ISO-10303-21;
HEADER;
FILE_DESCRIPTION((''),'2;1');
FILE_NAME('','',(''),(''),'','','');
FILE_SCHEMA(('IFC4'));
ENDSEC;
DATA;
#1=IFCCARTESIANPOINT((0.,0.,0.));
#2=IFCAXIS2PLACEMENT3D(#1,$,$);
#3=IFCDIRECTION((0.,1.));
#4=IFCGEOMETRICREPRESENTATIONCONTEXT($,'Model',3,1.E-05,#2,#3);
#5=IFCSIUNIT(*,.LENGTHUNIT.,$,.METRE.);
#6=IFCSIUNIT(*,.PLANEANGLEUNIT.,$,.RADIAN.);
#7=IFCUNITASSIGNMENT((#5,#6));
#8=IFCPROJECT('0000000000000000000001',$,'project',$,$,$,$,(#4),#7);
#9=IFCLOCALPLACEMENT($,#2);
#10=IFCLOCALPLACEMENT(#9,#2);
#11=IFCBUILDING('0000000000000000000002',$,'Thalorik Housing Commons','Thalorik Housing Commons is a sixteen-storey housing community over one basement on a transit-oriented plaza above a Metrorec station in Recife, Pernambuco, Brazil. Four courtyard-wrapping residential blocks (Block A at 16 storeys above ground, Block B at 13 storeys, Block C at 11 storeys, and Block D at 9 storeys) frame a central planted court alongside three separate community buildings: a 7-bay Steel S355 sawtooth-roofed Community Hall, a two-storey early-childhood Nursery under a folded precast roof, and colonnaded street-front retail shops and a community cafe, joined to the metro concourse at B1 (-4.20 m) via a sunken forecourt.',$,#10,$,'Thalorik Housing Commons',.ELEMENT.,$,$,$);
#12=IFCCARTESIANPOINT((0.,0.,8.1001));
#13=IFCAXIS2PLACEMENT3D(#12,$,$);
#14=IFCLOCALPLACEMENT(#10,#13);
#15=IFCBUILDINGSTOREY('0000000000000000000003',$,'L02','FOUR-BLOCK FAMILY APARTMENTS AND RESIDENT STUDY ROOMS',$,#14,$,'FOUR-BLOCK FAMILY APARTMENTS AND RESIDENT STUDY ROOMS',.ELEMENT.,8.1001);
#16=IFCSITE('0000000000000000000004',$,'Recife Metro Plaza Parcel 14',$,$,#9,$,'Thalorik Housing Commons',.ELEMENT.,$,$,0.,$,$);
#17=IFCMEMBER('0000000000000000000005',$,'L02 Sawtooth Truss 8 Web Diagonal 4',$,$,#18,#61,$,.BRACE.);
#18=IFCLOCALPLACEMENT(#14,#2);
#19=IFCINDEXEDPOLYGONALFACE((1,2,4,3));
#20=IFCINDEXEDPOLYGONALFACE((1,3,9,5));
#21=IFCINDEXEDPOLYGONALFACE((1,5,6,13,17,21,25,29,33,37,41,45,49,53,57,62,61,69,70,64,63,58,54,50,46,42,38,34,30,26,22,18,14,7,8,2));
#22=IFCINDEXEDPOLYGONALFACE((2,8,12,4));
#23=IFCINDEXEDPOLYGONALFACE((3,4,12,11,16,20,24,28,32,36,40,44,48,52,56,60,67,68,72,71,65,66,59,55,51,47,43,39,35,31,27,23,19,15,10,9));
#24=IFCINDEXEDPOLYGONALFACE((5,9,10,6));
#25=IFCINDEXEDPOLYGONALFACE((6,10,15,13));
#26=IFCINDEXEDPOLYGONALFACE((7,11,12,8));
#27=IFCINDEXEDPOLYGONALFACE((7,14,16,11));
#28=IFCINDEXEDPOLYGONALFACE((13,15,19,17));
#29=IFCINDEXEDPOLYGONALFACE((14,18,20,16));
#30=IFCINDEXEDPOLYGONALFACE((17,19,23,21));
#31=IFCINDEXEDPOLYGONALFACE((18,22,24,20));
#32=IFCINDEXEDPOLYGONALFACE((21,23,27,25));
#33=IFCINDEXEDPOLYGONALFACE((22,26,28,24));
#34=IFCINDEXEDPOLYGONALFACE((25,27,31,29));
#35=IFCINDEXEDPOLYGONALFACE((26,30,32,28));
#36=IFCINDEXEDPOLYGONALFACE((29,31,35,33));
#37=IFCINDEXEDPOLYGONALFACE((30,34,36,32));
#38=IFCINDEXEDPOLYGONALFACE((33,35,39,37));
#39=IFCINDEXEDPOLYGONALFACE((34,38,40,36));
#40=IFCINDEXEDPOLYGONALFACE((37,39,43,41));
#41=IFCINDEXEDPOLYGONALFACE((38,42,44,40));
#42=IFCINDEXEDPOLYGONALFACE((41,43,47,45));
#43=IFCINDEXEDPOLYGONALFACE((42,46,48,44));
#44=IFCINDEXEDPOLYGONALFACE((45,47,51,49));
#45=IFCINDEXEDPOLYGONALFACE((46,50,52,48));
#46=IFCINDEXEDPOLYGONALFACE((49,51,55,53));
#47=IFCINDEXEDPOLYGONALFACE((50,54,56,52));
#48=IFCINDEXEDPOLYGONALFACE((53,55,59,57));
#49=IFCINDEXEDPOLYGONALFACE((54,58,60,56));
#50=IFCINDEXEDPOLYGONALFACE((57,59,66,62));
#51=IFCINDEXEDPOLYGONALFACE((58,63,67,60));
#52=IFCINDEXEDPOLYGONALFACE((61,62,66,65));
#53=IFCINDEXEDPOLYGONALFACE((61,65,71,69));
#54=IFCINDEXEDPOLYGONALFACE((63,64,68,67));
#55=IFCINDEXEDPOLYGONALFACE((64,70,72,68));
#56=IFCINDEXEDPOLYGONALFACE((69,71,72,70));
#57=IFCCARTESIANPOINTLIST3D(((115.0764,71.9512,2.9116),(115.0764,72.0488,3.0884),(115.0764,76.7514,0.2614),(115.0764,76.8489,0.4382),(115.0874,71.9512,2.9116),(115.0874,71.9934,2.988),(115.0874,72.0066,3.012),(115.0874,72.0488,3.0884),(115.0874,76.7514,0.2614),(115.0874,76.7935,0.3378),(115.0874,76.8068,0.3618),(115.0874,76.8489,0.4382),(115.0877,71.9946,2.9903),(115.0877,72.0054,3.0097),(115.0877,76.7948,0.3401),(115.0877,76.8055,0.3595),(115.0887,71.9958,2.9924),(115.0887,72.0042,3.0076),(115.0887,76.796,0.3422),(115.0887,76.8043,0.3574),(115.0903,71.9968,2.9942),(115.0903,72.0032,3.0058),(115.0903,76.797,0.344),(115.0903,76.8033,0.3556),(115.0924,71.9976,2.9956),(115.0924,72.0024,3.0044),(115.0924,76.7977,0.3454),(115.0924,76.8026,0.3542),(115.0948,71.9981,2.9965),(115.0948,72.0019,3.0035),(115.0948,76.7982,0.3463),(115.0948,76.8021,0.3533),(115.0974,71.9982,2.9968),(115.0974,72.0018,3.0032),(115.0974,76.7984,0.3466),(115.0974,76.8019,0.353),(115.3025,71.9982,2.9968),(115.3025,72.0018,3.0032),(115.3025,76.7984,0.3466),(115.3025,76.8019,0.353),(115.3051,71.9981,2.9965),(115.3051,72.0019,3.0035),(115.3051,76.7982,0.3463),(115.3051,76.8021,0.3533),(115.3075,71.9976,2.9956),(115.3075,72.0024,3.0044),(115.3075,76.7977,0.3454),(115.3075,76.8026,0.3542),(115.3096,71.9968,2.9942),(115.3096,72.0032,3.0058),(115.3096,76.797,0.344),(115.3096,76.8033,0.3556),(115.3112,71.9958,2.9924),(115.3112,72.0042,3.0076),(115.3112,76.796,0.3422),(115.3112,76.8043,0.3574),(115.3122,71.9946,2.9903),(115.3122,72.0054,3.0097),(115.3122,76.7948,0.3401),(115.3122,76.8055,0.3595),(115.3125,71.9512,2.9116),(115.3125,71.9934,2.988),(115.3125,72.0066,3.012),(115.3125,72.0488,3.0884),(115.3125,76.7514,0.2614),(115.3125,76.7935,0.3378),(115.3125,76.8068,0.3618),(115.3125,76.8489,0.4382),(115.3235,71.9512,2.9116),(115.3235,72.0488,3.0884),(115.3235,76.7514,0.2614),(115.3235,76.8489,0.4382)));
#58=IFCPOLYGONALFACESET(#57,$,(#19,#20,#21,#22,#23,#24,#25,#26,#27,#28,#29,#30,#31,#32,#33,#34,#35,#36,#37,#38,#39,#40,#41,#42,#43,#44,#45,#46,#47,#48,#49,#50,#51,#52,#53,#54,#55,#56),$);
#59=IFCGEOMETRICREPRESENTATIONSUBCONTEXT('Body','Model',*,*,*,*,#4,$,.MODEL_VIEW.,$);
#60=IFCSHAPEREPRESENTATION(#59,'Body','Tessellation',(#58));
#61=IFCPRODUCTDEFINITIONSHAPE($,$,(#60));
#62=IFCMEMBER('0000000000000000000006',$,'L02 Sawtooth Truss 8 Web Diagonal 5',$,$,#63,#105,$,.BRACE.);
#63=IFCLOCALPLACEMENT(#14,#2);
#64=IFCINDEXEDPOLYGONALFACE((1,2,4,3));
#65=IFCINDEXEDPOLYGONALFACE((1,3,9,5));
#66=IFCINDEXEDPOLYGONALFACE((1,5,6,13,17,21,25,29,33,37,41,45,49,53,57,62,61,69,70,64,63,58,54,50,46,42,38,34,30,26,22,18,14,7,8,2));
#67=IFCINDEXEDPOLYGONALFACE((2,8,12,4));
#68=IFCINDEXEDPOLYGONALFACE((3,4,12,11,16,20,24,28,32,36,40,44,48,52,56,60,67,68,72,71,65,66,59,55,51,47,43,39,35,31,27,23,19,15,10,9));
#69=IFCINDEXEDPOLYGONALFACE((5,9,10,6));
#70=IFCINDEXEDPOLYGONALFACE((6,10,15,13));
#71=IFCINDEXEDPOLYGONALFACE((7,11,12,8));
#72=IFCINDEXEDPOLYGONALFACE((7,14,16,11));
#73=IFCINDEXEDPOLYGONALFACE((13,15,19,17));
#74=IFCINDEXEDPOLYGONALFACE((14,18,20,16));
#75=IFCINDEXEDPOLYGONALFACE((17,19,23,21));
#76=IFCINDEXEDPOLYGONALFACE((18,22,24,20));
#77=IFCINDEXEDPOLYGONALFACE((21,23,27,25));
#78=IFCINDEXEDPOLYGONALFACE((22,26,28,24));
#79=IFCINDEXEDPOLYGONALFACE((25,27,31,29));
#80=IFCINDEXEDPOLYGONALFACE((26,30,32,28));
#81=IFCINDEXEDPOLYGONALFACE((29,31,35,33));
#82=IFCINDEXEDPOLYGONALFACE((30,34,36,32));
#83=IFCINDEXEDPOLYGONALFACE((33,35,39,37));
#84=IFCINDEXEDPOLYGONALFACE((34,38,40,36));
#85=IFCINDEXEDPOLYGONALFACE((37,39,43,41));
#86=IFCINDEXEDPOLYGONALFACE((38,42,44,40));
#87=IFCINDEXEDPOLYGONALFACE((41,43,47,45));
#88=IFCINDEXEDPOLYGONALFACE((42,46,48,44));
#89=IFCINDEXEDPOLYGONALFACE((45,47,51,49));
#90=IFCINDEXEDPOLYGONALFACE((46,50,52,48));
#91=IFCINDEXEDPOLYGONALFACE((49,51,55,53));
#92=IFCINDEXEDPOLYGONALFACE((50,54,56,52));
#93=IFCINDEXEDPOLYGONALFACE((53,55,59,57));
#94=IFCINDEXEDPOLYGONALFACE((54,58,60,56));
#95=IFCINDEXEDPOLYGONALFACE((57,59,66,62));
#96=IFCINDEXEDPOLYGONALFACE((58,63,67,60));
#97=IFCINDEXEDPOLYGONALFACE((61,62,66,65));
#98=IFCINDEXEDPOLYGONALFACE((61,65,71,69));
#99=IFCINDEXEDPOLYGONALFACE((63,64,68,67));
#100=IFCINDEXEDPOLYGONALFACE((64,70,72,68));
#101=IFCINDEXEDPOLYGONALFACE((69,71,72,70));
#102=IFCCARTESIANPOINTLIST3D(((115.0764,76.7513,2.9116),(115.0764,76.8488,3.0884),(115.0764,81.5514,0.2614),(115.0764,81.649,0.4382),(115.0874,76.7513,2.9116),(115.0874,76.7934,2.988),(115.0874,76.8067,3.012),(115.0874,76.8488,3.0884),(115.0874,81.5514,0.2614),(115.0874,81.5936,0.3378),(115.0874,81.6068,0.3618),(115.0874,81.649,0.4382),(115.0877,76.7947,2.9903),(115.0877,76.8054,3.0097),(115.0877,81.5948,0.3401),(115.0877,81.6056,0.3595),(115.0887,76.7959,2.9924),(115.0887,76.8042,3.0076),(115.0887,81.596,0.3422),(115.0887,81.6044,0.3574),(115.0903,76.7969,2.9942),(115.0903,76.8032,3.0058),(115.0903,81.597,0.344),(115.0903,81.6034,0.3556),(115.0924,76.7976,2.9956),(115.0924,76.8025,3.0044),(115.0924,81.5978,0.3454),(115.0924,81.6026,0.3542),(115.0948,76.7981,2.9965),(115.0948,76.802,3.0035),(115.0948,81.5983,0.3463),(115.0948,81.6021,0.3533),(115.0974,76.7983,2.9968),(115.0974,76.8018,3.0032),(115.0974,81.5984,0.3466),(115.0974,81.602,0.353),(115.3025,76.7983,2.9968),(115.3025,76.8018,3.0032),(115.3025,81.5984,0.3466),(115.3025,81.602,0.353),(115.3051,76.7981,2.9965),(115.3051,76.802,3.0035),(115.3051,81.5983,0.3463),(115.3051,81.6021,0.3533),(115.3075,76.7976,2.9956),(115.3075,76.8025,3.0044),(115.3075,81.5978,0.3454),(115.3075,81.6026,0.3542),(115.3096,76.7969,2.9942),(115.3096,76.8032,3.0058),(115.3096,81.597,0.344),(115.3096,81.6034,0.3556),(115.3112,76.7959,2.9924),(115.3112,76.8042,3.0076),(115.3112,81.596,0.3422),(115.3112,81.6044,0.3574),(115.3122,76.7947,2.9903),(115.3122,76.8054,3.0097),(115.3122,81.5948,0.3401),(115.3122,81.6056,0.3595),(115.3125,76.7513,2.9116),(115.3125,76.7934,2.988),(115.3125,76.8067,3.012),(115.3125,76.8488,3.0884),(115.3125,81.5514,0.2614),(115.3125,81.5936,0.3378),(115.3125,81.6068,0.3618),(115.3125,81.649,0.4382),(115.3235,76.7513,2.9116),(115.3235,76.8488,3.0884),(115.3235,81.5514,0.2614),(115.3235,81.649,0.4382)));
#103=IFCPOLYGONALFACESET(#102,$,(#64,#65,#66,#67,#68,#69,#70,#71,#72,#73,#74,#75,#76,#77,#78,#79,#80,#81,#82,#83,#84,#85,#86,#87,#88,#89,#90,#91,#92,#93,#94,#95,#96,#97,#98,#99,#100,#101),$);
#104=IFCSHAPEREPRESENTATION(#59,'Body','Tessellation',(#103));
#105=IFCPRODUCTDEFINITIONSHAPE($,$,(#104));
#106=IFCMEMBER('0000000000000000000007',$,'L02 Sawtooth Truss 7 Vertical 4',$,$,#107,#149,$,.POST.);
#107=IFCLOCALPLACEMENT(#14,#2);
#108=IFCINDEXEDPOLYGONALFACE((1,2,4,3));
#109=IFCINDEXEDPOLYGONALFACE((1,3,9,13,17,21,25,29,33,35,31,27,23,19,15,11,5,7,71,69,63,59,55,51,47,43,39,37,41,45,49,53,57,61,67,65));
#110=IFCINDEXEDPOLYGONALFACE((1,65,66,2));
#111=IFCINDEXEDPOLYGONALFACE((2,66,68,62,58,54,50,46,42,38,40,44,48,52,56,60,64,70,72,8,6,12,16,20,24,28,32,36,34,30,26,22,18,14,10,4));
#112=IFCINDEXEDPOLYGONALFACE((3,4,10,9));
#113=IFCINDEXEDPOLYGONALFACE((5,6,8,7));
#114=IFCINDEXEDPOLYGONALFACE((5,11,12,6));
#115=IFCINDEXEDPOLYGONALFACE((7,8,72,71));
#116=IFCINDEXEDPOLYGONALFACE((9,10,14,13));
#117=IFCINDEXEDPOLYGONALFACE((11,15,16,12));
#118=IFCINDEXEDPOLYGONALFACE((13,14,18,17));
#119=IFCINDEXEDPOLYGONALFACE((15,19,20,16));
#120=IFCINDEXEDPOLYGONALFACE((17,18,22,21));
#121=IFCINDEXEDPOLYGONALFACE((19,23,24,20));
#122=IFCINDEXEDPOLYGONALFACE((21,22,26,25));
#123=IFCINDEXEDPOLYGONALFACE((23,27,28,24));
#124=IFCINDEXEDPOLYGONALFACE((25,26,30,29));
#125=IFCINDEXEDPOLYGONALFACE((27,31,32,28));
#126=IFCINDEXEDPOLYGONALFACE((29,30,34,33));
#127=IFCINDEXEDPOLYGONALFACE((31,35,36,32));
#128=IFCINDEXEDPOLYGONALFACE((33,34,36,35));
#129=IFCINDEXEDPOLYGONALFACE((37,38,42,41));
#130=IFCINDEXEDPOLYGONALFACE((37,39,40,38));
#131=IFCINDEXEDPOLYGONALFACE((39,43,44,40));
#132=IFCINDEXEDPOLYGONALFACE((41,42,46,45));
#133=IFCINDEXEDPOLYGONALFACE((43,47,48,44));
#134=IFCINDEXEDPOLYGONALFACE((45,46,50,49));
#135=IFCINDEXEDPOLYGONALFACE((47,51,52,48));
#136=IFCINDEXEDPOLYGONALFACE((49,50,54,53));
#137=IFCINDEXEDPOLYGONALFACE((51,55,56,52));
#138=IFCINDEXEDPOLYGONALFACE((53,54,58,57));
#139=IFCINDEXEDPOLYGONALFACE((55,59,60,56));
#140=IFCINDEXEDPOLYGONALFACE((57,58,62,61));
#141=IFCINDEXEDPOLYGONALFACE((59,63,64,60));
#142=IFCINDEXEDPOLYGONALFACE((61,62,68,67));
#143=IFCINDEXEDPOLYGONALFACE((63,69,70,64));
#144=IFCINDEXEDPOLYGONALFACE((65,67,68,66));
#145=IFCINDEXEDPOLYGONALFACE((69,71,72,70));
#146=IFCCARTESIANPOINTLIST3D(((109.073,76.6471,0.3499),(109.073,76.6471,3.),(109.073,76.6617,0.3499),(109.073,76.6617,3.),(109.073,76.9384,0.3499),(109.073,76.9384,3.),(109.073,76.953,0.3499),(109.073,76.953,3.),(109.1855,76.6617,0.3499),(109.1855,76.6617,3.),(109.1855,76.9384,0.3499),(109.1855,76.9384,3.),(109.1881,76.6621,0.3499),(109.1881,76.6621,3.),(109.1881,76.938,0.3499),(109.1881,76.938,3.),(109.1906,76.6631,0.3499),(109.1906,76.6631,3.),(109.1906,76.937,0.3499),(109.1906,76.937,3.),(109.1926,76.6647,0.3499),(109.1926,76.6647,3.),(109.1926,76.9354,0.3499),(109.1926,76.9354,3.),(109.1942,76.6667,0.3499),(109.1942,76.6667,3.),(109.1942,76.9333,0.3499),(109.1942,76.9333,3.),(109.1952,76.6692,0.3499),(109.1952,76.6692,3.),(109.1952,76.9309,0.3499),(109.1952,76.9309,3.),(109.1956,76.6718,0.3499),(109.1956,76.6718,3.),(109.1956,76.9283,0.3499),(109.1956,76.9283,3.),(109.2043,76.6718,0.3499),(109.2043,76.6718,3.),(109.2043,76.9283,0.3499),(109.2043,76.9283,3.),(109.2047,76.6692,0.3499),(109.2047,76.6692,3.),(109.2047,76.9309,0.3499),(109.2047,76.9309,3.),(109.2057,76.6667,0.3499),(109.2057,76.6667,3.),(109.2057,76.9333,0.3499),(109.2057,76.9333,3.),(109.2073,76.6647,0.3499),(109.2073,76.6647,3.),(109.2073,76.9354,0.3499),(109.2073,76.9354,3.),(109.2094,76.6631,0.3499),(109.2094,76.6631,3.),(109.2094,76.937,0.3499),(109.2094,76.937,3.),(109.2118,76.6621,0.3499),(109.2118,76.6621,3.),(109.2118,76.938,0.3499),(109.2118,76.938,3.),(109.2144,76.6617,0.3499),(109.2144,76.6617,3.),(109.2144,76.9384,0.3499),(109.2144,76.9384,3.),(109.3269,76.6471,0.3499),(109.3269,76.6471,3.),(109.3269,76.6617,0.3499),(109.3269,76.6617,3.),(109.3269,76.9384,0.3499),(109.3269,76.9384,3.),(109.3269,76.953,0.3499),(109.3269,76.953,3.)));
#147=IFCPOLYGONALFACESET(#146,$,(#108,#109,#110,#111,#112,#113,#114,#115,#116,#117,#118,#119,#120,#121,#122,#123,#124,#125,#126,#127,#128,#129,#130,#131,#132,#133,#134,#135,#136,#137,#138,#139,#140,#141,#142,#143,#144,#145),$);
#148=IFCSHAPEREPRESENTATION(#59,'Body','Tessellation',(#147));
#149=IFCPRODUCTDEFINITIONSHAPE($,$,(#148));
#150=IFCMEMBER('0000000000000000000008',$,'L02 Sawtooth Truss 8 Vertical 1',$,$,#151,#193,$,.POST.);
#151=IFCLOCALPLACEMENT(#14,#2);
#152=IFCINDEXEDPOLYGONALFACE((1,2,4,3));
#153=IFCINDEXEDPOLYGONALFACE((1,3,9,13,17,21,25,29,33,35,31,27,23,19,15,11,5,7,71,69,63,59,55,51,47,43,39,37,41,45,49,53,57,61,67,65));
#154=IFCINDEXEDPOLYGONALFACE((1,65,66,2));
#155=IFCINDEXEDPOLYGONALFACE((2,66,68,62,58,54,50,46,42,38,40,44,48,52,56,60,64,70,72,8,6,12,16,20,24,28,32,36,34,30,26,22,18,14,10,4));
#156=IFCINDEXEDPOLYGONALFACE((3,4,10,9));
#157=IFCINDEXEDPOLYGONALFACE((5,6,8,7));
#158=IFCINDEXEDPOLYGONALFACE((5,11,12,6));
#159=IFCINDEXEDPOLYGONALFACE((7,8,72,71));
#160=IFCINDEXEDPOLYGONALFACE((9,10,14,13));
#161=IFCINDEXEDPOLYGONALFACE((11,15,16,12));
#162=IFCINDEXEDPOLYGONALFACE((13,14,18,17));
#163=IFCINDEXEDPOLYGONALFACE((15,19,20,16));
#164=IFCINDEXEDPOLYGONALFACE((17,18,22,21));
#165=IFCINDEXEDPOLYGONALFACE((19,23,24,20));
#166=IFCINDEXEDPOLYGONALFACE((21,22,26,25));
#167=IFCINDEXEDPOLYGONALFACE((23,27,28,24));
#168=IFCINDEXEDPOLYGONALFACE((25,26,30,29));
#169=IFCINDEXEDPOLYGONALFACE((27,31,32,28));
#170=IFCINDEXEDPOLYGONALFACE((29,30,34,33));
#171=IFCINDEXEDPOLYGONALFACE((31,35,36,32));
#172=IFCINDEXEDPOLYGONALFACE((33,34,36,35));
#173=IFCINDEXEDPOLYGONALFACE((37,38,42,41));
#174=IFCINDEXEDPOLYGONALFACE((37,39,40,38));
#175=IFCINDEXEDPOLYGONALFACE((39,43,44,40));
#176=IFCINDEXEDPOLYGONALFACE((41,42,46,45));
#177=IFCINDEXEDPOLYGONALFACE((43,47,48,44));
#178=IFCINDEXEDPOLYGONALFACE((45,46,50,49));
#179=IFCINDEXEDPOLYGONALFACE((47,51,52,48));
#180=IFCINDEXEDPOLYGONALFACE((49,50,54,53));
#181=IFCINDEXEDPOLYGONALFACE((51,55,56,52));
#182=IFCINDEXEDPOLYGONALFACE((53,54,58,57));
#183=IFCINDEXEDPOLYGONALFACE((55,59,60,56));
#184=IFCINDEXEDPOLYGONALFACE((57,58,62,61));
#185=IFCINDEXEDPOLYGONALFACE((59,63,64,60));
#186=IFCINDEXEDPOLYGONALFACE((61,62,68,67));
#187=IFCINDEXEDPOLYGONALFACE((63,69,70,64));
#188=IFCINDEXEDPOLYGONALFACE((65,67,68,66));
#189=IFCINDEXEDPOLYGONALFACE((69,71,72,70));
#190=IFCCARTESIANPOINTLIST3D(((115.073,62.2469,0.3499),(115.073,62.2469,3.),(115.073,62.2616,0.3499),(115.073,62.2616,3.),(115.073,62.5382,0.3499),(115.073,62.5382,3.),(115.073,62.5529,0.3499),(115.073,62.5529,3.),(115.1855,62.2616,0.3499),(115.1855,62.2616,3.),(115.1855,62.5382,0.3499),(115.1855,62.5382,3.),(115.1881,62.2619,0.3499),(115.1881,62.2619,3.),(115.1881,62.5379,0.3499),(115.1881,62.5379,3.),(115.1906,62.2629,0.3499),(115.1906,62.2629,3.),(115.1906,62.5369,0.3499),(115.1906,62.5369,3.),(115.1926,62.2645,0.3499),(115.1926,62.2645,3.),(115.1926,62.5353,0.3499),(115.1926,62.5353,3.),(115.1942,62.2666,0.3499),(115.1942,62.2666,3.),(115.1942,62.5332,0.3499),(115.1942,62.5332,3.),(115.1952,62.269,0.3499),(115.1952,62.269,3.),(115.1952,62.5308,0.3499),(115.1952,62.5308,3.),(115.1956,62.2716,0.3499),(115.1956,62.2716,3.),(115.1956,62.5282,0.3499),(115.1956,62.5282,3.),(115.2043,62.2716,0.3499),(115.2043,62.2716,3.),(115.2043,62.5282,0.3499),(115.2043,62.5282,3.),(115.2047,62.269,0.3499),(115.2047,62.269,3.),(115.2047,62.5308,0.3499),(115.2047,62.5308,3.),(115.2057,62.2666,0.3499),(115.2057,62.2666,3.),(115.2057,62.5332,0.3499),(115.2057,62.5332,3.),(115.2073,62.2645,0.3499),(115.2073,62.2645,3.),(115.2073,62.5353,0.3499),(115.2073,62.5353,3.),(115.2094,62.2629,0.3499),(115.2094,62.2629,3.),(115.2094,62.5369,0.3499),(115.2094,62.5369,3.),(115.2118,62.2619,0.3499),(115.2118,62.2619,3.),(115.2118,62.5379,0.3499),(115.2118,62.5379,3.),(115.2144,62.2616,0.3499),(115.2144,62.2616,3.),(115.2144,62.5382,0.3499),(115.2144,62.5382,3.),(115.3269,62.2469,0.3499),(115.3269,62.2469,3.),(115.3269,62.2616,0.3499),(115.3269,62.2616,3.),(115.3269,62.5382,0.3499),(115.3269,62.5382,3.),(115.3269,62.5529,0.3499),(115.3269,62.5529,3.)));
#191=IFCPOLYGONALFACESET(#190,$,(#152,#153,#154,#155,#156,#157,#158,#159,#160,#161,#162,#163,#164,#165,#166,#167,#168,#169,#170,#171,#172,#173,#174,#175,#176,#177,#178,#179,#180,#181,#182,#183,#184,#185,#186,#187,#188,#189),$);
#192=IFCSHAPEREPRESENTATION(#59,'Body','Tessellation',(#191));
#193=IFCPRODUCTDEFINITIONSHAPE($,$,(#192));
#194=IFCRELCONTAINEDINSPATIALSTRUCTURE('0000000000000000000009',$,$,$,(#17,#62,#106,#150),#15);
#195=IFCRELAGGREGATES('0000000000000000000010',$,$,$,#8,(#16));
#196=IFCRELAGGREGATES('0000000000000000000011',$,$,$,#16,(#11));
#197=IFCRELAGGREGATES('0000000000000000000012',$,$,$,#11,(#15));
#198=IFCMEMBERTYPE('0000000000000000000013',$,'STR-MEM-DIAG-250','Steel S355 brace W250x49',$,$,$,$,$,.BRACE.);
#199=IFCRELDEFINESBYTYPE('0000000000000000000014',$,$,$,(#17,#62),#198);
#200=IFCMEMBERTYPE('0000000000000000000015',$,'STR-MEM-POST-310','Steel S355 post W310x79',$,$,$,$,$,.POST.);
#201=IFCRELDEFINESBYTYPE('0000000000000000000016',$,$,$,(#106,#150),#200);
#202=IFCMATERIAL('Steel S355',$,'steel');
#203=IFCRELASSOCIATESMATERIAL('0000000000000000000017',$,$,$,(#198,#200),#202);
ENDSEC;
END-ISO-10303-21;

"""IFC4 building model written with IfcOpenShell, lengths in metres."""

from ifc_helpers import new_model, si_unit, direction, frame, origin, origin_2d, place, context, subcontext, project, spatial, i_section, extrude, material, material_profile, profile_set, type_object, element, save


model = new_model("IFC4")

# Units and contexts
model_context = context("Model", 3, precision=1e-05, world=origin(), true_north=direction((0.0, 1.0)))
body_context = subcontext(model_context, "Body", "Model", "MODEL_VIEW")
ifc_project = project(units=[si_unit("LENGTHUNIT", "METRE"), si_unit("PLANEANGLEUNIT", "RADIAN")], contexts=[model_context])

# Site, building, storey
site_placement = place(None, origin())
site = spatial("IfcSite", under=ifc_project, at=site_placement, Name="Recife Metro Plaza Parcel 14", LongName="Thalorik Housing Commons", CompositionType="ELEMENT", RefElevation=0.0)
building_placement = place(site_placement, origin())
building = spatial("IfcBuilding", under=site, at=building_placement, Name="Thalorik Housing Commons", Description="Thalorik Housing Commons is a sixteen-storey housing community over one basement on a transit-oriented plaza above a Metrorec station in Recife, Pernambuco, Brazil. Four courtyard-wrapping residential blocks (Block A at 16 storeys above ground, Block B at 13 storeys, Block C at 11 storeys, and Block D at 9 storeys) frame a central planted court alongside three separate community buildings: a 7-bay Steel S355 sawtooth-roofed Community Hall, a two-storey early-childhood Nursery under a folded precast roof, and colonnaded street-front retail shops and a community cafe, joined to the metro concourse at B1 (-4.20 m) via a sunken forecourt.", LongName="Thalorik Housing Commons", CompositionType="ELEMENT")
storey_placement = place(building_placement, frame((0.0, 0.0, 8.1001)))
storey = spatial("IfcBuildingStorey", under=building, at=storey_placement, Name="L02", Description="FOUR-BLOCK FAMILY APARTMENTS AND RESIDENT STUDY ROOMS", LongName="FOUR-BLOCK FAMILY APARTMENTS AND RESIDENT STUDY ROOMS", CompositionType="ELEMENT", Elevation=8.1001)

# Members
ifc_material_1 = material(Name="Steel S355", Category="steel")
ifc_material_profile_1 = material_profile(ifc_material_1, i_section(OverallWidth=0.2019, OverallDepth=0.2471, WebThickness=0.0073, FlangeThickness=0.011, FilletRadius=0.01, at=origin_2d()), Name="W250x49", Category="steel")
ifc_profile_set_1 = profile_set([ifc_material_profile_1], Name="Steel S355")
member_type_1 = type_object("IfcMemberType", Name="STR-MEM-DIAG-250", Description="Steel S355 brace W250x49", PredefinedType="BRACE", material=ifc_profile_set_1)
for number, where, z_axis, x_axis, name in (
    (1, (115.2, 72.0, 3.0), (0.0, 0.875435, -0.483335), (0.0, 0.483335, 0.875435), "L02 Sawtooth Truss 8 Web Diagonal 4"),
    (2, (115.2, 76.8, 3.0), (0.0, 0.875435, -0.483335), (0.0, 0.483335, 0.875435), "L02 Sawtooth Truss 8 Web Diagonal 5"),
):
    element("IfcMember", number, at=place(storey_placement, frame(where, z_axis=z_axis, x_axis=x_axis)), inside=storey, type_object=member_type_1, Name=name, PredefinedType="BRACE", context=body_context, shape_type="SweptSolid", body=[
        extrude(i_section(OverallWidth=0.2019, OverallDepth=0.2471, WebThickness=0.0073, FlangeThickness=0.011, FilletRadius=0.01, at=origin_2d()), origin(), (0.0, 0.0, 1.0), 5.4832),
    ])
ifc_material_profile_2 = material_profile(ifc_material_1, i_section(OverallWidth=0.2539, OverallDepth=0.3059, WebThickness=0.0088, FlangeThickness=0.0146, FilletRadius=0.01, at=origin_2d()), Name="W310x79", Category="steel")
ifc_profile_set_2 = profile_set([ifc_material_profile_2], Name="Steel S355")
member_type_2 = type_object("IfcMemberType", Name="STR-MEM-POST-310", Description="Steel S355 post W310x79", PredefinedType="POST", material=ifc_profile_set_2)
for number, where, z_axis, x_axis, name in (
    (3, (109.2, 76.8, 0.3499), (0.0, 0.0, 1.0), (1.0, 0.0, 0.0), "L02 Sawtooth Truss 7 Vertical 4"),
    (4, (115.2, 62.3999, 0.3499), (0.0, 0.0, 1.0), (1.0, 0.0, 0.0), "L02 Sawtooth Truss 8 Vertical 1"),
):
    element("IfcMember", number, at=place(storey_placement, frame(where, z_axis=z_axis, x_axis=x_axis)), inside=storey, type_object=member_type_2, Name=name, PredefinedType="POST", context=body_context, shape_type="SweptSolid", body=[
        extrude(i_section(OverallWidth=0.2539, OverallDepth=0.3059, WebThickness=0.0088, FlangeThickness=0.0146, FilletRadius=0.01, at=origin_2d()), origin(), (0.0, 0.0, 1.0), 2.6501),
    ])

save(model, "model.ifc")
